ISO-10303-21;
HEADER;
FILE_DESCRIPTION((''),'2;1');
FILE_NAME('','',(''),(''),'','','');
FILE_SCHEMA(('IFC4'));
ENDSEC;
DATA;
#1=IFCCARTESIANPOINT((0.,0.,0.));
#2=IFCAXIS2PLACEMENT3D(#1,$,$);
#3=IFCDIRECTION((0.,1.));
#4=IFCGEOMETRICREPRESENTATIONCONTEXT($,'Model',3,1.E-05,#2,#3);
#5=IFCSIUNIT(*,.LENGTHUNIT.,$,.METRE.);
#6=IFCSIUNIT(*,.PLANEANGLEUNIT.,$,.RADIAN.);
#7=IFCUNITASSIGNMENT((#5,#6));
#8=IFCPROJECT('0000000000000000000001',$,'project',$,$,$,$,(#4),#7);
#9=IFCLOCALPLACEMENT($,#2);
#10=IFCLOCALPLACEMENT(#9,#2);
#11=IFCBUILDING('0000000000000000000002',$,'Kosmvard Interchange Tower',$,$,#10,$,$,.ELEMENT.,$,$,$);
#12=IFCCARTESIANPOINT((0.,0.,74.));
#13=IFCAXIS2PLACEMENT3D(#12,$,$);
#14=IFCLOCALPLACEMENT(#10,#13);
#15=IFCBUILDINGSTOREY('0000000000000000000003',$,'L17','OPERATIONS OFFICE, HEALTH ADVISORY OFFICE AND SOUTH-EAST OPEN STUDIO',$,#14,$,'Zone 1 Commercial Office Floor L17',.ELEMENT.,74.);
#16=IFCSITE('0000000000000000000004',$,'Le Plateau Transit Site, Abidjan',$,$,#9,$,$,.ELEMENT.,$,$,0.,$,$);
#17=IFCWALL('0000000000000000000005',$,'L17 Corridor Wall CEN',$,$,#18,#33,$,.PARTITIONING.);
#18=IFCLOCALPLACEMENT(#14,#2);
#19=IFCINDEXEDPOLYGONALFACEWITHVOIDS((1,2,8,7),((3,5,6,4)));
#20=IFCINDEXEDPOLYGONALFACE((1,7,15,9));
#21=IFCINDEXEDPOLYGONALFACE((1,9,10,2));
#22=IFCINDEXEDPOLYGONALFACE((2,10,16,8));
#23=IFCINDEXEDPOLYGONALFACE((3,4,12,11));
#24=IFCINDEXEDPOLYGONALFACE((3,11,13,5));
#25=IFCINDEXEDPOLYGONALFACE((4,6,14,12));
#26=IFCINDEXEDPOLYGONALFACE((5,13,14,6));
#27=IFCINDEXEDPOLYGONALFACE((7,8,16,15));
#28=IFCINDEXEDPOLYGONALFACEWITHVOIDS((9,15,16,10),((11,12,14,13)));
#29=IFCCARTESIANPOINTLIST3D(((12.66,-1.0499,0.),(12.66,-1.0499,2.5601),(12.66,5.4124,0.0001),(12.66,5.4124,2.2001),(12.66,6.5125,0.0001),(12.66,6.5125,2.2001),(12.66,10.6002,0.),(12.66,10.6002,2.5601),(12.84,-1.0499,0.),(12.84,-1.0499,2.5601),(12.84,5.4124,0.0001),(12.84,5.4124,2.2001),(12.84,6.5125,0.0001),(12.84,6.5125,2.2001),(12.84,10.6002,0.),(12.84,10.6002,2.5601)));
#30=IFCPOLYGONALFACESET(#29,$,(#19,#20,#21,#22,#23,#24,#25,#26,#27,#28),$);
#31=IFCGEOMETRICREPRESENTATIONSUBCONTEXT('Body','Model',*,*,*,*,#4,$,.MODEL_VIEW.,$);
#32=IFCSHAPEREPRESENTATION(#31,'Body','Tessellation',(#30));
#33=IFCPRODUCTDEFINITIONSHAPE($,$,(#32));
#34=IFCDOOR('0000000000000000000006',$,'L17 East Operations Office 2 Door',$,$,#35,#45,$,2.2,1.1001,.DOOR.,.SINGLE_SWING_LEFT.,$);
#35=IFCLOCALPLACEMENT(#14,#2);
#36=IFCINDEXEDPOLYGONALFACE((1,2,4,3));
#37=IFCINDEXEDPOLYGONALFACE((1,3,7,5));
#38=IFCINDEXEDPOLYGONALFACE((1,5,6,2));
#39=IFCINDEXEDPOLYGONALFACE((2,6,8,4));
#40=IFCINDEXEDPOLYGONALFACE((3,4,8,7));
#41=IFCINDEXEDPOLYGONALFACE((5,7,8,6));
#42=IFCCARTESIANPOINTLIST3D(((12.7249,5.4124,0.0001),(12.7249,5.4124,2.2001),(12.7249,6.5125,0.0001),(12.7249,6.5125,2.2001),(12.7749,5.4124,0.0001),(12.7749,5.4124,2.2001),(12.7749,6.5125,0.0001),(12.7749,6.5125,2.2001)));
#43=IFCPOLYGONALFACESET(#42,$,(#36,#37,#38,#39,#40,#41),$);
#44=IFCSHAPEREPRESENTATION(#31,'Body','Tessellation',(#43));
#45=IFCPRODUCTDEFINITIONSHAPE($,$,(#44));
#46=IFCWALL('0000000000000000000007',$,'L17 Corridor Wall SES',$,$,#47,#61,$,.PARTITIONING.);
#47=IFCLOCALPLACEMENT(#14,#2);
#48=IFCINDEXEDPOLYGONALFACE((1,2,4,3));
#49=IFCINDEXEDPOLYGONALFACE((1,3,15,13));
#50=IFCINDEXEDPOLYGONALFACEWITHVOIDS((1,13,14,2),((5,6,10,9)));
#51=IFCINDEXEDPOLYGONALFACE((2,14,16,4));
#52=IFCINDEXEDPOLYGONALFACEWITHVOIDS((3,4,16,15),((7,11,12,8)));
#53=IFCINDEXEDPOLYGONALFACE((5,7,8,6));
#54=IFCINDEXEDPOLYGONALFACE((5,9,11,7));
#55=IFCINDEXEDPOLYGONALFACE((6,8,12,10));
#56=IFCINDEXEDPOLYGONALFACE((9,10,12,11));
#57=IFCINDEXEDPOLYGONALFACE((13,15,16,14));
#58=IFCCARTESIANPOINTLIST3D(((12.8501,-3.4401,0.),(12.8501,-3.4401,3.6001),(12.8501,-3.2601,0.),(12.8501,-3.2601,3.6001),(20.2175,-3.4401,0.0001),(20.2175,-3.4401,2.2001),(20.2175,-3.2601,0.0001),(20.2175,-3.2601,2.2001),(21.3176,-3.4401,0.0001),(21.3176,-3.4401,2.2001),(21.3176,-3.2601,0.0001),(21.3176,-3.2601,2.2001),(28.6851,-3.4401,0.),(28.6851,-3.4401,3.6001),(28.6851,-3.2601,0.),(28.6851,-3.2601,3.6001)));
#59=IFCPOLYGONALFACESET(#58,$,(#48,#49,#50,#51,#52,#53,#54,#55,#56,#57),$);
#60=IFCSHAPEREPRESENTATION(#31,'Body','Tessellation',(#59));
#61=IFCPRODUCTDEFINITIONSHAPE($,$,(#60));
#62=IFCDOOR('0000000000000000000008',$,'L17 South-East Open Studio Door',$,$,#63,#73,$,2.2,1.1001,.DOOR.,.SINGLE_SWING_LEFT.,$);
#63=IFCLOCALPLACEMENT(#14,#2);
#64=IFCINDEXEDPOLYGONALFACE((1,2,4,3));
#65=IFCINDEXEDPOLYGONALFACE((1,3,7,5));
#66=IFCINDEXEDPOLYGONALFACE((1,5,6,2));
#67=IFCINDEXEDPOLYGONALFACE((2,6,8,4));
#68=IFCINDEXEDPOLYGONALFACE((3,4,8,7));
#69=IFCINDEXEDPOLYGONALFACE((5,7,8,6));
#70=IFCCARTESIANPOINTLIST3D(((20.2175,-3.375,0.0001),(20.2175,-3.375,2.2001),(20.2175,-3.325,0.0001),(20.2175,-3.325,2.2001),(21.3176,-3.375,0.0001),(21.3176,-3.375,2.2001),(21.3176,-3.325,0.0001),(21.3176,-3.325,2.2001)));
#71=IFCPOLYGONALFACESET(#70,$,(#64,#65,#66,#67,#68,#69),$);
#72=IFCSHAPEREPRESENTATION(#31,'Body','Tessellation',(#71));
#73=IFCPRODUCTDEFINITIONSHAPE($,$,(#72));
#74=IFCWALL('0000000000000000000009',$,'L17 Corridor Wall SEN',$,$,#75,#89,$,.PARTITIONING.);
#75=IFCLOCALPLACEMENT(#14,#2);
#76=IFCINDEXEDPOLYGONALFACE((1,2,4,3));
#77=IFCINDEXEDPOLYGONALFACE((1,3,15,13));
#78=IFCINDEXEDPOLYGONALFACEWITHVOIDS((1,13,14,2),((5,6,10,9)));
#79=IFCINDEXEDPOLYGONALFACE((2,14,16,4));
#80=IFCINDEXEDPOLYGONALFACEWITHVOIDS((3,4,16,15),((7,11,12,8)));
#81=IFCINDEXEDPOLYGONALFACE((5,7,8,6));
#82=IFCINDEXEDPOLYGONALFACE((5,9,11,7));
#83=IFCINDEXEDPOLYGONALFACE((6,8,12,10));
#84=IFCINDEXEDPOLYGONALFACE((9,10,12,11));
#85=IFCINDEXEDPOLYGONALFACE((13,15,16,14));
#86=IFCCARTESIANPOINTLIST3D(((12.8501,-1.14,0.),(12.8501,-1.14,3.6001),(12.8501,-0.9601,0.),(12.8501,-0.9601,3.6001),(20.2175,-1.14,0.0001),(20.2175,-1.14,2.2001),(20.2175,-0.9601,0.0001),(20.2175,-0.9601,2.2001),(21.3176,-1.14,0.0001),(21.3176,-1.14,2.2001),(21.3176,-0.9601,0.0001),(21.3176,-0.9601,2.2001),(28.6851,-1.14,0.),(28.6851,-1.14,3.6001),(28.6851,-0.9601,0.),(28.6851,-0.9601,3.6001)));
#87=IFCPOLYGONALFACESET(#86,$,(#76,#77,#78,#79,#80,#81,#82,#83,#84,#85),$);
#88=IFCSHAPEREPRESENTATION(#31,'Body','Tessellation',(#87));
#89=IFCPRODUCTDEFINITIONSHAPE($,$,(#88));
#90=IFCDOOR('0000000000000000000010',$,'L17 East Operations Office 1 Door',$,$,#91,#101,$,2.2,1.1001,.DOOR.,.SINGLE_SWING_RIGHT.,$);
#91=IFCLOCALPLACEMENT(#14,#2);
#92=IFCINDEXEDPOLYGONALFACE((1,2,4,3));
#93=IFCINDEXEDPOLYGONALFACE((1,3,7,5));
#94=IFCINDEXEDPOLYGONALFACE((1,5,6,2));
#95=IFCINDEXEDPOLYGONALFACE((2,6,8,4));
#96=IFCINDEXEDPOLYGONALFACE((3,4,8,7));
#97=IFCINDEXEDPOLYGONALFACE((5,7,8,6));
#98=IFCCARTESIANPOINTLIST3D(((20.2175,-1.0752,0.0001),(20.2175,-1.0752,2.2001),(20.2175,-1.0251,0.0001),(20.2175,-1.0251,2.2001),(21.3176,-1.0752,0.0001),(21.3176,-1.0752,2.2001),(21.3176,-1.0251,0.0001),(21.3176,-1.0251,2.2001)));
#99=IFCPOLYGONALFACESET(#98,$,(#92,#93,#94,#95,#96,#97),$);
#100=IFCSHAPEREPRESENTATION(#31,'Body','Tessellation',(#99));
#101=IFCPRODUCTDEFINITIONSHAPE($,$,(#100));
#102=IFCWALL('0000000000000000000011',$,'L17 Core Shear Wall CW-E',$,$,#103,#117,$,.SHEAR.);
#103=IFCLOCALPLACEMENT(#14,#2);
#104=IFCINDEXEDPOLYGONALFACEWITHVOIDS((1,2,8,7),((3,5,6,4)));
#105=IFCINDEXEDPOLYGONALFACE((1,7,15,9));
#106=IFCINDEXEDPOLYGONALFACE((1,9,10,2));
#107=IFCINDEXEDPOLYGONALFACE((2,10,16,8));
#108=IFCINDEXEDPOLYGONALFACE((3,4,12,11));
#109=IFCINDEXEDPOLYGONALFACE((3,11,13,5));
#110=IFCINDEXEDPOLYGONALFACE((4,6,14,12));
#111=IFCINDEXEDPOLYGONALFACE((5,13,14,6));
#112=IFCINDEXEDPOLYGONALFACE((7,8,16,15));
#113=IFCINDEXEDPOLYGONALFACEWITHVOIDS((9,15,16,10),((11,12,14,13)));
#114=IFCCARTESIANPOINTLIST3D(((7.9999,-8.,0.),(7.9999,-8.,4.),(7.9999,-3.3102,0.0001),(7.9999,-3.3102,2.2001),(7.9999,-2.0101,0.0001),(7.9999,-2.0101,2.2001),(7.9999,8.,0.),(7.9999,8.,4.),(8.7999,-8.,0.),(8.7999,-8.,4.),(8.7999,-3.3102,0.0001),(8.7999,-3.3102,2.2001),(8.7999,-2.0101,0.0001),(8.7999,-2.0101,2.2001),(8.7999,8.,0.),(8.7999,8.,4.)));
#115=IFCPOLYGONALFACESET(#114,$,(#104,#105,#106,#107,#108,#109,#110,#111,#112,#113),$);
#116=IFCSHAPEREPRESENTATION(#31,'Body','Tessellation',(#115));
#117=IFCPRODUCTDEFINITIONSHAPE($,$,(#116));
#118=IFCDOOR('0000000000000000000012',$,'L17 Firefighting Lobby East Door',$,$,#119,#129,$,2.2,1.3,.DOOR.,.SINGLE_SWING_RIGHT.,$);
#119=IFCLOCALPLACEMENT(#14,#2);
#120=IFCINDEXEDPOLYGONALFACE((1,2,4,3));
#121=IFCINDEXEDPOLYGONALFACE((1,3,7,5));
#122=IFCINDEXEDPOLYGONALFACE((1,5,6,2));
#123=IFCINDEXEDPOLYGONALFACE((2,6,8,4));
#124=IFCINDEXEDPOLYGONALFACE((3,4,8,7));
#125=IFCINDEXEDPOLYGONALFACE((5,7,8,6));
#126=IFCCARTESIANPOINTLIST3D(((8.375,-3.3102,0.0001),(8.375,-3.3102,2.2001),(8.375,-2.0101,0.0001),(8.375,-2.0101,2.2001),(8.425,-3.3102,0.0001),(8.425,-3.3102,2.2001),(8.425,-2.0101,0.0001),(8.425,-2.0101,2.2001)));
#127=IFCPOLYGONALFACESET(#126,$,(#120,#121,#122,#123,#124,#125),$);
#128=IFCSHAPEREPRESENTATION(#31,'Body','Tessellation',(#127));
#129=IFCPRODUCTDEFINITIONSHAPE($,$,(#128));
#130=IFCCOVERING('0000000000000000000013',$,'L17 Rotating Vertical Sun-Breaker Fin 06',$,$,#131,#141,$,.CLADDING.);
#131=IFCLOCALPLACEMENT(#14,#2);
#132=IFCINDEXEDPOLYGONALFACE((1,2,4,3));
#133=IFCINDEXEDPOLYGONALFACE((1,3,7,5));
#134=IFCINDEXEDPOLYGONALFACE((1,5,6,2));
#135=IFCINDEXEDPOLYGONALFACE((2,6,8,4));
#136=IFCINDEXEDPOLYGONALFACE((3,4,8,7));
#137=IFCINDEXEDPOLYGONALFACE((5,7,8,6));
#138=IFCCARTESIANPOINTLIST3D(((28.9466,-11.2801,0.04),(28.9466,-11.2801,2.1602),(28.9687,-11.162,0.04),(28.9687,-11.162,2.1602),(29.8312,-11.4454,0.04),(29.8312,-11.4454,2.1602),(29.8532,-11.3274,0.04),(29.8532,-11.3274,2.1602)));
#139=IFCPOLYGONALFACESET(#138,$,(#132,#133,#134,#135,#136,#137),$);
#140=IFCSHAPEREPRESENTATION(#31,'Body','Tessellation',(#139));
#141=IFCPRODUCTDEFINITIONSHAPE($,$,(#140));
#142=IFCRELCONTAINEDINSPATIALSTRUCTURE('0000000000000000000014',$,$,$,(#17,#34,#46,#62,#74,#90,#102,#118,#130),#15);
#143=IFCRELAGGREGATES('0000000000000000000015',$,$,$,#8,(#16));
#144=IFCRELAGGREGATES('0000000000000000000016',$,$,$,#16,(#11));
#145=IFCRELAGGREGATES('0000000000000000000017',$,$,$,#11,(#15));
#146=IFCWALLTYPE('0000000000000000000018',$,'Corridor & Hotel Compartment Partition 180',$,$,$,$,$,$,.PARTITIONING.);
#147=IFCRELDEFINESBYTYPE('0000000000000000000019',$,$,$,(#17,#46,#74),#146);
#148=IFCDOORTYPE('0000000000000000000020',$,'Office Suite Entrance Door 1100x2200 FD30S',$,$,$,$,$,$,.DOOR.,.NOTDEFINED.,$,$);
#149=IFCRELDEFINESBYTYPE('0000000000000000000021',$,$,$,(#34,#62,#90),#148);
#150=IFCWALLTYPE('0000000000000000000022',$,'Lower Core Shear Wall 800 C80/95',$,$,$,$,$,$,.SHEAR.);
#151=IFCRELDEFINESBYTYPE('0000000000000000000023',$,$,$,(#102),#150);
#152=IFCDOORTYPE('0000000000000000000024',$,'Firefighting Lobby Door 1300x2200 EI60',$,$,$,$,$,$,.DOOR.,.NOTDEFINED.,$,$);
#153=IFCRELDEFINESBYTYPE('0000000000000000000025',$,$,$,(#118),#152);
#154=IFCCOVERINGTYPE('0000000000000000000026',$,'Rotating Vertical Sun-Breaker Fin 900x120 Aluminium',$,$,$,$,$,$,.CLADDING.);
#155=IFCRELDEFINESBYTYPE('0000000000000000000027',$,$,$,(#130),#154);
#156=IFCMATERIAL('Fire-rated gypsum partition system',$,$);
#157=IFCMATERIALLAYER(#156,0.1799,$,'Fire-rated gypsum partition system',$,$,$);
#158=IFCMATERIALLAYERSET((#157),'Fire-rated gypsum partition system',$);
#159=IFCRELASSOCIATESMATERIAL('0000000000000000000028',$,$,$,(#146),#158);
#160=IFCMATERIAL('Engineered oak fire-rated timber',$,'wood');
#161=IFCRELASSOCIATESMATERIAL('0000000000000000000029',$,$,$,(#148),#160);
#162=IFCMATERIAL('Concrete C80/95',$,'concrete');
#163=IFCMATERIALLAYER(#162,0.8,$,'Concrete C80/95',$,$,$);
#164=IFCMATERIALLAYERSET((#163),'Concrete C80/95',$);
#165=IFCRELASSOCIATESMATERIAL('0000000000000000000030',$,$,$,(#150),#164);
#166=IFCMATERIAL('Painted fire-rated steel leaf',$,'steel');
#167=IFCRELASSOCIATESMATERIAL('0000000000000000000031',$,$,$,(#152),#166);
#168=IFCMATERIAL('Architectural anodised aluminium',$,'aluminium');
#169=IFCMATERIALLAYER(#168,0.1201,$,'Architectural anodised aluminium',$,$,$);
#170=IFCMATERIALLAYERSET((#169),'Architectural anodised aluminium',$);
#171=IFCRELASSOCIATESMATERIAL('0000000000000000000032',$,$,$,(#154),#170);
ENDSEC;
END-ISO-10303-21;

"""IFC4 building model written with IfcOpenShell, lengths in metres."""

from ifc_helpers import new_model, si_unit, direction, frame, frame_2d, origin, origin_2d, place, context, subcontext, project, spatial, rectangle, extrude, source, transform, mapped, material, layer, layer_set, type_object, element, fill, save


model = new_model("IFC4")

# Units and contexts
model_context = context("Model", 3, precision=1e-05, world=origin(), true_north=direction((0.0, 1.0)))
body_context = subcontext(model_context, "Body", "Model", "MODEL_VIEW")
ifc_project = project(units=[si_unit("LENGTHUNIT", "METRE"), si_unit("PLANEANGLEUNIT", "RADIAN")], contexts=[model_context])

# Site, building, storey
site_placement = place(None, origin())
site = spatial("IfcSite", under=ifc_project, at=site_placement, Name="Le Plateau Transit Site, Abidjan", CompositionType="ELEMENT", RefElevation=0.0)
building_placement = place(site_placement, origin())
building = spatial("IfcBuilding", under=site, at=building_placement, Name="Kosmvard Interchange Tower", CompositionType="ELEMENT")
storey_placement = place(building_placement, frame((0.0, 0.0, 74.0)))
storey = spatial("IfcBuildingStorey", under=building, at=storey_placement, Name="L17", Description="OPERATIONS OFFICE, HEALTH ADVISORY OFFICE AND SOUTH-EAST OPEN STUDIO", LongName="Zone 1 Commercial Office Floor L17", CompositionType="ELEMENT", Elevation=74.0)

# Shared definitions
ifc_material_1 = material(Name="Concrete C80/95", Category="concrete")

# Shared definitions
ifc_material_2 = material(Name="Fire-rated gypsum partition system")
ifc_layer_1 = layer(ifc_material_2, 0.1799, Name="Fire-rated gypsum partition system")
ifc_layer_set_1 = layer_set([ifc_layer_1], Name="Fire-rated gypsum partition system")
wall_type_1 = type_object("IfcWallType", Name="Corridor & Hotel Compartment Partition 180", PredefinedType="PARTITIONING", material=ifc_layer_set_1)

# Walls, openings, doors
wall_1_placement = place(storey_placement, frame((12.75, -1.05, 0.0), z_axis=(0.0, 0.0, 1.0), x_axis=(0.0, 1.0, 0.0)))
wall_1 = element("IfcWall", 1, at=wall_1_placement, inside=storey, type_object=wall_type_1, Name="L17 Corridor Wall CEN", PredefinedType="PARTITIONING", context=body_context, shape_type="SweptSolid", body=[
    extrude(rectangle(XDim=11.6501, YDim=0.1799, at=frame_2d((5.8252, 0.0))), origin(), (0.0, 0.0, 1.0), 2.5601),
])
opening_1_placement = place(wall_1_placement, frame((6.4624, 0.0, 0.0)))
opening_1 = element("IfcOpeningElement", 2, at=opening_1_placement, cuts=wall_1, PredefinedType="OPENING", context=body_context, shape_type="SweptSolid", body=[
    extrude(rectangle(XDim=1.1001, YDim=2.2, at=frame_2d((0.55, 1.1001))), frame((0.0, 0.1001, 0.0), z_axis=(0.0, -1.0, 0.0), x_axis=(1.0, 0.0, 0.0)), (0.0, 0.0, 1.0), 0.2),
])
ifc_material_3 = material(Name="Engineered oak fire-rated timber", Category="wood")
door_type_1 = type_object("IfcDoorType", Name="Office Suite Entrance Door 1100x2200 FD30S", OperationType="NOTDEFINED", PredefinedType="DOOR", material=ifc_material_3)
shared_shape_1 = source(origin(), body_context, "Body", "SweptSolid", [
    extrude(rectangle(XDim=1.1001, YDim=2.2, at=frame_2d((0.55, 1.1001))), frame((0.0, 0.0249, 0.0), z_axis=(0.0, -1.0, 0.0), x_axis=(1.0, 0.0, 0.0)), (0.0, 0.0, 1.0), 0.05),
])
door_1_placement = place(opening_1_placement, frame((1.1001, 0.0, 0.0), z_axis=(0.0, 0.0, 1.0), x_axis=(-1.0, 0.0, 0.0)))
door_1 = element("IfcDoor", 3, at=door_1_placement, inside=storey, type_object=door_type_1, Name="L17 East Operations Office 2 Door", OperationType="SINGLE_SWING_LEFT", OverallHeight=2.2, OverallWidth=1.1001, PredefinedType="DOOR", context=body_context, shape_type="MappedRepresentation", body=[
    mapped(shared_shape_1, transform((0.0, 0.0, 0.0), scale=1.0)),
])
fill(opening_1, door_1)
wall_2_placement = place(storey_placement, frame((12.8501, -3.3501, 0.0), z_axis=(0.0, 0.0, 1.0), x_axis=(1.0, 0.0, 0.0)))
wall_2 = element("IfcWall", 4, at=wall_2_placement, inside=storey, type_object=wall_type_1, Name="L17 Corridor Wall SES", PredefinedType="PARTITIONING", context=body_context, shape_type="SweptSolid", body=[
    extrude(rectangle(XDim=15.835, YDim=0.1799, at=frame_2d((7.9175, 0.0))), origin(), (0.0, 0.0, 1.0), 3.6001),
])
opening_2_placement = place(wall_2_placement, frame((7.3674, 0.0, 0.0)))
opening_2 = element("IfcOpeningElement", 5, at=opening_2_placement, cuts=wall_2, PredefinedType="OPENING", context=body_context, shape_type="SweptSolid", body=[
    extrude(rectangle(XDim=1.1001, YDim=2.2, at=frame_2d((0.55, 1.1001))), frame((0.0, 0.1001, 0.0), z_axis=(0.0, -1.0, 0.0), x_axis=(1.0, 0.0, 0.0)), (0.0, 0.0, 1.0), 0.2),
])
door_2_placement = place(opening_2_placement, frame((1.1001, 0.0, 0.0), z_axis=(0.0, 0.0, 1.0), x_axis=(-1.0, 0.0, 0.0)))
door_2 = element("IfcDoor", 6, at=door_2_placement, inside=storey, type_object=door_type_1, Name="L17 South-East Open Studio Door", OperationType="SINGLE_SWING_LEFT", OverallHeight=2.2, OverallWidth=1.1001, PredefinedType="DOOR", context=body_context, shape_type="MappedRepresentation", body=[
    mapped(shared_shape_1, transform((0.0, 0.0, 0.0), scale=1.0)),
])
fill(opening_2, door_2)
wall_3_placement = place(storey_placement, frame((12.8501, -1.05, 0.0), z_axis=(0.0, 0.0, 1.0), x_axis=(1.0, 0.0, 0.0)))
wall_3 = element("IfcWall", 7, at=wall_3_placement, inside=storey, type_object=wall_type_1, Name="L17 Corridor Wall SEN", PredefinedType="PARTITIONING", context=body_context, shape_type="SweptSolid", body=[
    extrude(rectangle(XDim=15.835, YDim=0.1799, at=frame_2d((7.9175, 0.0))), origin(), (0.0, 0.0, 1.0), 3.6001),
])
opening_3_placement = place(wall_3_placement, frame((7.3674, 0.0, 0.0)))
opening_3 = element("IfcOpeningElement", 8, at=opening_3_placement, cuts=wall_3, PredefinedType="OPENING", context=body_context, shape_type="SweptSolid", body=[
    extrude(rectangle(XDim=1.1001, YDim=2.2, at=frame_2d((0.55, 1.1001))), frame((0.0, 0.1001, 0.0), z_axis=(0.0, -1.0, 0.0), x_axis=(1.0, 0.0, 0.0)), (0.0, 0.0, 1.0), 0.2),
])
door_3_placement = place(opening_3_placement, origin())
door_3 = element("IfcDoor", 9, at=door_3_placement, inside=storey, type_object=door_type_1, Name="L17 East Operations Office 1 Door", OperationType="SINGLE_SWING_RIGHT", OverallHeight=2.2, OverallWidth=1.1001, PredefinedType="DOOR", context=body_context, shape_type="MappedRepresentation", body=[
    mapped(shared_shape_1, transform((0.0, 0.0, 0.0), scale=1.0)),
])
fill(opening_3, door_3)
ifc_layer_2 = layer(ifc_material_1, 0.8, Name="Concrete C80/95")
ifc_layer_set_2 = layer_set([ifc_layer_2], Name="Concrete C80/95")
wall_type_2 = type_object("IfcWallType", Name="Lower Core Shear Wall 800 C80/95", PredefinedType="SHEAR", material=ifc_layer_set_2)
wall_4_placement = place(storey_placement, frame((8.3999, -8.0, 0.0), z_axis=(0.0, 0.0, 1.0), x_axis=(0.0, 1.0, 0.0)))
wall_4 = element("IfcWall", 10, at=wall_4_placement, inside=storey, type_object=wall_type_2, Name="L17 Core Shear Wall CW-E", PredefinedType="SHEAR", context=body_context, shape_type="SweptSolid", body=[
    extrude(rectangle(XDim=16.0, YDim=0.8, at=frame_2d((8.0, 0.0))), origin(), (0.0, 0.0, 1.0), 4.0),
])
opening_4_placement = place(wall_4_placement, frame((4.6899, 0.0, 0.0)))
opening_4 = element("IfcOpeningElement", 11, at=opening_4_placement, cuts=wall_4, PredefinedType="OPENING", context=body_context, shape_type="SweptSolid", body=[
    extrude(rectangle(XDim=1.3, YDim=2.2, at=frame_2d((0.6499, 1.1001))), frame((0.0, 0.4102, 0.0), z_axis=(0.0, -1.0, 0.0), x_axis=(1.0, 0.0, 0.0)), (0.0, 0.0, 1.0), 0.8201),
])
ifc_material_4 = material(Name="Painted fire-rated steel leaf", Category="steel")
door_type_2 = type_object("IfcDoorType", Name="Firefighting Lobby Door 1300x2200 EI60", OperationType="NOTDEFINED", PredefinedType="DOOR", material=ifc_material_4)
shared_shape_2 = source(origin(), body_context, "Body", "SweptSolid", [
    extrude(rectangle(XDim=1.3, YDim=2.2, at=frame_2d((0.6499, 1.1001))), frame((0.0, 0.0249, 0.0), z_axis=(0.0, -1.0, 0.0), x_axis=(1.0, 0.0, 0.0)), (0.0, 0.0, 1.0), 0.05),
])
door_4_placement = place(opening_4_placement, origin())
door_4 = element("IfcDoor", 12, at=door_4_placement, inside=storey, type_object=door_type_2, Name="L17 Firefighting Lobby East Door", OperationType="SINGLE_SWING_RIGHT", OverallHeight=2.2, OverallWidth=1.3, PredefinedType="DOOR", context=body_context, shape_type="MappedRepresentation", body=[
    mapped(shared_shape_2, transform((0.0, 0.0, 0.0), scale=1.0)),
])
fill(opening_4, door_4)

# Covering
ifc_material_5 = material(Name="Architectural anodised aluminium", Category="aluminium")
ifc_layer_3 = layer(ifc_material_5, 0.1201, Name="Architectural anodised aluminium")
ifc_layer_set_3 = layer_set([ifc_layer_3], Name="Architectural anodised aluminium")
covering_type = type_object("IfcCoveringType", Name="Rotating Vertical Sun-Breaker Fin 900x120 Aluminium", PredefinedType="CLADDING", material=ifc_layer_set_3)
shared_shape_3 = source(origin(), body_context, "Body", "SweptSolid", [
    extrude(rectangle(XDim=0.8999, YDim=0.1201, at=origin_2d()), origin(), (0.0, 0.0, 1.0), 2.1201),
])
covering_placement = place(storey_placement, frame((29.3999, -11.3037, 0.04), z_axis=(0.0, 0.0, 1.0), x_axis=(0.982967, -0.18378, 0.0)))
element("IfcCovering", 13, at=covering_placement, inside=storey, type_object=covering_type, Name="L17 Rotating Vertical Sun-Breaker Fin 06", PredefinedType="CLADDING", context=body_context, shape_type="MappedRepresentation", body=[
    mapped(shared_shape_3, transform((0.0, 0.0, 0.0), scale=1.0)),
])

save(model, "model.ifc")
